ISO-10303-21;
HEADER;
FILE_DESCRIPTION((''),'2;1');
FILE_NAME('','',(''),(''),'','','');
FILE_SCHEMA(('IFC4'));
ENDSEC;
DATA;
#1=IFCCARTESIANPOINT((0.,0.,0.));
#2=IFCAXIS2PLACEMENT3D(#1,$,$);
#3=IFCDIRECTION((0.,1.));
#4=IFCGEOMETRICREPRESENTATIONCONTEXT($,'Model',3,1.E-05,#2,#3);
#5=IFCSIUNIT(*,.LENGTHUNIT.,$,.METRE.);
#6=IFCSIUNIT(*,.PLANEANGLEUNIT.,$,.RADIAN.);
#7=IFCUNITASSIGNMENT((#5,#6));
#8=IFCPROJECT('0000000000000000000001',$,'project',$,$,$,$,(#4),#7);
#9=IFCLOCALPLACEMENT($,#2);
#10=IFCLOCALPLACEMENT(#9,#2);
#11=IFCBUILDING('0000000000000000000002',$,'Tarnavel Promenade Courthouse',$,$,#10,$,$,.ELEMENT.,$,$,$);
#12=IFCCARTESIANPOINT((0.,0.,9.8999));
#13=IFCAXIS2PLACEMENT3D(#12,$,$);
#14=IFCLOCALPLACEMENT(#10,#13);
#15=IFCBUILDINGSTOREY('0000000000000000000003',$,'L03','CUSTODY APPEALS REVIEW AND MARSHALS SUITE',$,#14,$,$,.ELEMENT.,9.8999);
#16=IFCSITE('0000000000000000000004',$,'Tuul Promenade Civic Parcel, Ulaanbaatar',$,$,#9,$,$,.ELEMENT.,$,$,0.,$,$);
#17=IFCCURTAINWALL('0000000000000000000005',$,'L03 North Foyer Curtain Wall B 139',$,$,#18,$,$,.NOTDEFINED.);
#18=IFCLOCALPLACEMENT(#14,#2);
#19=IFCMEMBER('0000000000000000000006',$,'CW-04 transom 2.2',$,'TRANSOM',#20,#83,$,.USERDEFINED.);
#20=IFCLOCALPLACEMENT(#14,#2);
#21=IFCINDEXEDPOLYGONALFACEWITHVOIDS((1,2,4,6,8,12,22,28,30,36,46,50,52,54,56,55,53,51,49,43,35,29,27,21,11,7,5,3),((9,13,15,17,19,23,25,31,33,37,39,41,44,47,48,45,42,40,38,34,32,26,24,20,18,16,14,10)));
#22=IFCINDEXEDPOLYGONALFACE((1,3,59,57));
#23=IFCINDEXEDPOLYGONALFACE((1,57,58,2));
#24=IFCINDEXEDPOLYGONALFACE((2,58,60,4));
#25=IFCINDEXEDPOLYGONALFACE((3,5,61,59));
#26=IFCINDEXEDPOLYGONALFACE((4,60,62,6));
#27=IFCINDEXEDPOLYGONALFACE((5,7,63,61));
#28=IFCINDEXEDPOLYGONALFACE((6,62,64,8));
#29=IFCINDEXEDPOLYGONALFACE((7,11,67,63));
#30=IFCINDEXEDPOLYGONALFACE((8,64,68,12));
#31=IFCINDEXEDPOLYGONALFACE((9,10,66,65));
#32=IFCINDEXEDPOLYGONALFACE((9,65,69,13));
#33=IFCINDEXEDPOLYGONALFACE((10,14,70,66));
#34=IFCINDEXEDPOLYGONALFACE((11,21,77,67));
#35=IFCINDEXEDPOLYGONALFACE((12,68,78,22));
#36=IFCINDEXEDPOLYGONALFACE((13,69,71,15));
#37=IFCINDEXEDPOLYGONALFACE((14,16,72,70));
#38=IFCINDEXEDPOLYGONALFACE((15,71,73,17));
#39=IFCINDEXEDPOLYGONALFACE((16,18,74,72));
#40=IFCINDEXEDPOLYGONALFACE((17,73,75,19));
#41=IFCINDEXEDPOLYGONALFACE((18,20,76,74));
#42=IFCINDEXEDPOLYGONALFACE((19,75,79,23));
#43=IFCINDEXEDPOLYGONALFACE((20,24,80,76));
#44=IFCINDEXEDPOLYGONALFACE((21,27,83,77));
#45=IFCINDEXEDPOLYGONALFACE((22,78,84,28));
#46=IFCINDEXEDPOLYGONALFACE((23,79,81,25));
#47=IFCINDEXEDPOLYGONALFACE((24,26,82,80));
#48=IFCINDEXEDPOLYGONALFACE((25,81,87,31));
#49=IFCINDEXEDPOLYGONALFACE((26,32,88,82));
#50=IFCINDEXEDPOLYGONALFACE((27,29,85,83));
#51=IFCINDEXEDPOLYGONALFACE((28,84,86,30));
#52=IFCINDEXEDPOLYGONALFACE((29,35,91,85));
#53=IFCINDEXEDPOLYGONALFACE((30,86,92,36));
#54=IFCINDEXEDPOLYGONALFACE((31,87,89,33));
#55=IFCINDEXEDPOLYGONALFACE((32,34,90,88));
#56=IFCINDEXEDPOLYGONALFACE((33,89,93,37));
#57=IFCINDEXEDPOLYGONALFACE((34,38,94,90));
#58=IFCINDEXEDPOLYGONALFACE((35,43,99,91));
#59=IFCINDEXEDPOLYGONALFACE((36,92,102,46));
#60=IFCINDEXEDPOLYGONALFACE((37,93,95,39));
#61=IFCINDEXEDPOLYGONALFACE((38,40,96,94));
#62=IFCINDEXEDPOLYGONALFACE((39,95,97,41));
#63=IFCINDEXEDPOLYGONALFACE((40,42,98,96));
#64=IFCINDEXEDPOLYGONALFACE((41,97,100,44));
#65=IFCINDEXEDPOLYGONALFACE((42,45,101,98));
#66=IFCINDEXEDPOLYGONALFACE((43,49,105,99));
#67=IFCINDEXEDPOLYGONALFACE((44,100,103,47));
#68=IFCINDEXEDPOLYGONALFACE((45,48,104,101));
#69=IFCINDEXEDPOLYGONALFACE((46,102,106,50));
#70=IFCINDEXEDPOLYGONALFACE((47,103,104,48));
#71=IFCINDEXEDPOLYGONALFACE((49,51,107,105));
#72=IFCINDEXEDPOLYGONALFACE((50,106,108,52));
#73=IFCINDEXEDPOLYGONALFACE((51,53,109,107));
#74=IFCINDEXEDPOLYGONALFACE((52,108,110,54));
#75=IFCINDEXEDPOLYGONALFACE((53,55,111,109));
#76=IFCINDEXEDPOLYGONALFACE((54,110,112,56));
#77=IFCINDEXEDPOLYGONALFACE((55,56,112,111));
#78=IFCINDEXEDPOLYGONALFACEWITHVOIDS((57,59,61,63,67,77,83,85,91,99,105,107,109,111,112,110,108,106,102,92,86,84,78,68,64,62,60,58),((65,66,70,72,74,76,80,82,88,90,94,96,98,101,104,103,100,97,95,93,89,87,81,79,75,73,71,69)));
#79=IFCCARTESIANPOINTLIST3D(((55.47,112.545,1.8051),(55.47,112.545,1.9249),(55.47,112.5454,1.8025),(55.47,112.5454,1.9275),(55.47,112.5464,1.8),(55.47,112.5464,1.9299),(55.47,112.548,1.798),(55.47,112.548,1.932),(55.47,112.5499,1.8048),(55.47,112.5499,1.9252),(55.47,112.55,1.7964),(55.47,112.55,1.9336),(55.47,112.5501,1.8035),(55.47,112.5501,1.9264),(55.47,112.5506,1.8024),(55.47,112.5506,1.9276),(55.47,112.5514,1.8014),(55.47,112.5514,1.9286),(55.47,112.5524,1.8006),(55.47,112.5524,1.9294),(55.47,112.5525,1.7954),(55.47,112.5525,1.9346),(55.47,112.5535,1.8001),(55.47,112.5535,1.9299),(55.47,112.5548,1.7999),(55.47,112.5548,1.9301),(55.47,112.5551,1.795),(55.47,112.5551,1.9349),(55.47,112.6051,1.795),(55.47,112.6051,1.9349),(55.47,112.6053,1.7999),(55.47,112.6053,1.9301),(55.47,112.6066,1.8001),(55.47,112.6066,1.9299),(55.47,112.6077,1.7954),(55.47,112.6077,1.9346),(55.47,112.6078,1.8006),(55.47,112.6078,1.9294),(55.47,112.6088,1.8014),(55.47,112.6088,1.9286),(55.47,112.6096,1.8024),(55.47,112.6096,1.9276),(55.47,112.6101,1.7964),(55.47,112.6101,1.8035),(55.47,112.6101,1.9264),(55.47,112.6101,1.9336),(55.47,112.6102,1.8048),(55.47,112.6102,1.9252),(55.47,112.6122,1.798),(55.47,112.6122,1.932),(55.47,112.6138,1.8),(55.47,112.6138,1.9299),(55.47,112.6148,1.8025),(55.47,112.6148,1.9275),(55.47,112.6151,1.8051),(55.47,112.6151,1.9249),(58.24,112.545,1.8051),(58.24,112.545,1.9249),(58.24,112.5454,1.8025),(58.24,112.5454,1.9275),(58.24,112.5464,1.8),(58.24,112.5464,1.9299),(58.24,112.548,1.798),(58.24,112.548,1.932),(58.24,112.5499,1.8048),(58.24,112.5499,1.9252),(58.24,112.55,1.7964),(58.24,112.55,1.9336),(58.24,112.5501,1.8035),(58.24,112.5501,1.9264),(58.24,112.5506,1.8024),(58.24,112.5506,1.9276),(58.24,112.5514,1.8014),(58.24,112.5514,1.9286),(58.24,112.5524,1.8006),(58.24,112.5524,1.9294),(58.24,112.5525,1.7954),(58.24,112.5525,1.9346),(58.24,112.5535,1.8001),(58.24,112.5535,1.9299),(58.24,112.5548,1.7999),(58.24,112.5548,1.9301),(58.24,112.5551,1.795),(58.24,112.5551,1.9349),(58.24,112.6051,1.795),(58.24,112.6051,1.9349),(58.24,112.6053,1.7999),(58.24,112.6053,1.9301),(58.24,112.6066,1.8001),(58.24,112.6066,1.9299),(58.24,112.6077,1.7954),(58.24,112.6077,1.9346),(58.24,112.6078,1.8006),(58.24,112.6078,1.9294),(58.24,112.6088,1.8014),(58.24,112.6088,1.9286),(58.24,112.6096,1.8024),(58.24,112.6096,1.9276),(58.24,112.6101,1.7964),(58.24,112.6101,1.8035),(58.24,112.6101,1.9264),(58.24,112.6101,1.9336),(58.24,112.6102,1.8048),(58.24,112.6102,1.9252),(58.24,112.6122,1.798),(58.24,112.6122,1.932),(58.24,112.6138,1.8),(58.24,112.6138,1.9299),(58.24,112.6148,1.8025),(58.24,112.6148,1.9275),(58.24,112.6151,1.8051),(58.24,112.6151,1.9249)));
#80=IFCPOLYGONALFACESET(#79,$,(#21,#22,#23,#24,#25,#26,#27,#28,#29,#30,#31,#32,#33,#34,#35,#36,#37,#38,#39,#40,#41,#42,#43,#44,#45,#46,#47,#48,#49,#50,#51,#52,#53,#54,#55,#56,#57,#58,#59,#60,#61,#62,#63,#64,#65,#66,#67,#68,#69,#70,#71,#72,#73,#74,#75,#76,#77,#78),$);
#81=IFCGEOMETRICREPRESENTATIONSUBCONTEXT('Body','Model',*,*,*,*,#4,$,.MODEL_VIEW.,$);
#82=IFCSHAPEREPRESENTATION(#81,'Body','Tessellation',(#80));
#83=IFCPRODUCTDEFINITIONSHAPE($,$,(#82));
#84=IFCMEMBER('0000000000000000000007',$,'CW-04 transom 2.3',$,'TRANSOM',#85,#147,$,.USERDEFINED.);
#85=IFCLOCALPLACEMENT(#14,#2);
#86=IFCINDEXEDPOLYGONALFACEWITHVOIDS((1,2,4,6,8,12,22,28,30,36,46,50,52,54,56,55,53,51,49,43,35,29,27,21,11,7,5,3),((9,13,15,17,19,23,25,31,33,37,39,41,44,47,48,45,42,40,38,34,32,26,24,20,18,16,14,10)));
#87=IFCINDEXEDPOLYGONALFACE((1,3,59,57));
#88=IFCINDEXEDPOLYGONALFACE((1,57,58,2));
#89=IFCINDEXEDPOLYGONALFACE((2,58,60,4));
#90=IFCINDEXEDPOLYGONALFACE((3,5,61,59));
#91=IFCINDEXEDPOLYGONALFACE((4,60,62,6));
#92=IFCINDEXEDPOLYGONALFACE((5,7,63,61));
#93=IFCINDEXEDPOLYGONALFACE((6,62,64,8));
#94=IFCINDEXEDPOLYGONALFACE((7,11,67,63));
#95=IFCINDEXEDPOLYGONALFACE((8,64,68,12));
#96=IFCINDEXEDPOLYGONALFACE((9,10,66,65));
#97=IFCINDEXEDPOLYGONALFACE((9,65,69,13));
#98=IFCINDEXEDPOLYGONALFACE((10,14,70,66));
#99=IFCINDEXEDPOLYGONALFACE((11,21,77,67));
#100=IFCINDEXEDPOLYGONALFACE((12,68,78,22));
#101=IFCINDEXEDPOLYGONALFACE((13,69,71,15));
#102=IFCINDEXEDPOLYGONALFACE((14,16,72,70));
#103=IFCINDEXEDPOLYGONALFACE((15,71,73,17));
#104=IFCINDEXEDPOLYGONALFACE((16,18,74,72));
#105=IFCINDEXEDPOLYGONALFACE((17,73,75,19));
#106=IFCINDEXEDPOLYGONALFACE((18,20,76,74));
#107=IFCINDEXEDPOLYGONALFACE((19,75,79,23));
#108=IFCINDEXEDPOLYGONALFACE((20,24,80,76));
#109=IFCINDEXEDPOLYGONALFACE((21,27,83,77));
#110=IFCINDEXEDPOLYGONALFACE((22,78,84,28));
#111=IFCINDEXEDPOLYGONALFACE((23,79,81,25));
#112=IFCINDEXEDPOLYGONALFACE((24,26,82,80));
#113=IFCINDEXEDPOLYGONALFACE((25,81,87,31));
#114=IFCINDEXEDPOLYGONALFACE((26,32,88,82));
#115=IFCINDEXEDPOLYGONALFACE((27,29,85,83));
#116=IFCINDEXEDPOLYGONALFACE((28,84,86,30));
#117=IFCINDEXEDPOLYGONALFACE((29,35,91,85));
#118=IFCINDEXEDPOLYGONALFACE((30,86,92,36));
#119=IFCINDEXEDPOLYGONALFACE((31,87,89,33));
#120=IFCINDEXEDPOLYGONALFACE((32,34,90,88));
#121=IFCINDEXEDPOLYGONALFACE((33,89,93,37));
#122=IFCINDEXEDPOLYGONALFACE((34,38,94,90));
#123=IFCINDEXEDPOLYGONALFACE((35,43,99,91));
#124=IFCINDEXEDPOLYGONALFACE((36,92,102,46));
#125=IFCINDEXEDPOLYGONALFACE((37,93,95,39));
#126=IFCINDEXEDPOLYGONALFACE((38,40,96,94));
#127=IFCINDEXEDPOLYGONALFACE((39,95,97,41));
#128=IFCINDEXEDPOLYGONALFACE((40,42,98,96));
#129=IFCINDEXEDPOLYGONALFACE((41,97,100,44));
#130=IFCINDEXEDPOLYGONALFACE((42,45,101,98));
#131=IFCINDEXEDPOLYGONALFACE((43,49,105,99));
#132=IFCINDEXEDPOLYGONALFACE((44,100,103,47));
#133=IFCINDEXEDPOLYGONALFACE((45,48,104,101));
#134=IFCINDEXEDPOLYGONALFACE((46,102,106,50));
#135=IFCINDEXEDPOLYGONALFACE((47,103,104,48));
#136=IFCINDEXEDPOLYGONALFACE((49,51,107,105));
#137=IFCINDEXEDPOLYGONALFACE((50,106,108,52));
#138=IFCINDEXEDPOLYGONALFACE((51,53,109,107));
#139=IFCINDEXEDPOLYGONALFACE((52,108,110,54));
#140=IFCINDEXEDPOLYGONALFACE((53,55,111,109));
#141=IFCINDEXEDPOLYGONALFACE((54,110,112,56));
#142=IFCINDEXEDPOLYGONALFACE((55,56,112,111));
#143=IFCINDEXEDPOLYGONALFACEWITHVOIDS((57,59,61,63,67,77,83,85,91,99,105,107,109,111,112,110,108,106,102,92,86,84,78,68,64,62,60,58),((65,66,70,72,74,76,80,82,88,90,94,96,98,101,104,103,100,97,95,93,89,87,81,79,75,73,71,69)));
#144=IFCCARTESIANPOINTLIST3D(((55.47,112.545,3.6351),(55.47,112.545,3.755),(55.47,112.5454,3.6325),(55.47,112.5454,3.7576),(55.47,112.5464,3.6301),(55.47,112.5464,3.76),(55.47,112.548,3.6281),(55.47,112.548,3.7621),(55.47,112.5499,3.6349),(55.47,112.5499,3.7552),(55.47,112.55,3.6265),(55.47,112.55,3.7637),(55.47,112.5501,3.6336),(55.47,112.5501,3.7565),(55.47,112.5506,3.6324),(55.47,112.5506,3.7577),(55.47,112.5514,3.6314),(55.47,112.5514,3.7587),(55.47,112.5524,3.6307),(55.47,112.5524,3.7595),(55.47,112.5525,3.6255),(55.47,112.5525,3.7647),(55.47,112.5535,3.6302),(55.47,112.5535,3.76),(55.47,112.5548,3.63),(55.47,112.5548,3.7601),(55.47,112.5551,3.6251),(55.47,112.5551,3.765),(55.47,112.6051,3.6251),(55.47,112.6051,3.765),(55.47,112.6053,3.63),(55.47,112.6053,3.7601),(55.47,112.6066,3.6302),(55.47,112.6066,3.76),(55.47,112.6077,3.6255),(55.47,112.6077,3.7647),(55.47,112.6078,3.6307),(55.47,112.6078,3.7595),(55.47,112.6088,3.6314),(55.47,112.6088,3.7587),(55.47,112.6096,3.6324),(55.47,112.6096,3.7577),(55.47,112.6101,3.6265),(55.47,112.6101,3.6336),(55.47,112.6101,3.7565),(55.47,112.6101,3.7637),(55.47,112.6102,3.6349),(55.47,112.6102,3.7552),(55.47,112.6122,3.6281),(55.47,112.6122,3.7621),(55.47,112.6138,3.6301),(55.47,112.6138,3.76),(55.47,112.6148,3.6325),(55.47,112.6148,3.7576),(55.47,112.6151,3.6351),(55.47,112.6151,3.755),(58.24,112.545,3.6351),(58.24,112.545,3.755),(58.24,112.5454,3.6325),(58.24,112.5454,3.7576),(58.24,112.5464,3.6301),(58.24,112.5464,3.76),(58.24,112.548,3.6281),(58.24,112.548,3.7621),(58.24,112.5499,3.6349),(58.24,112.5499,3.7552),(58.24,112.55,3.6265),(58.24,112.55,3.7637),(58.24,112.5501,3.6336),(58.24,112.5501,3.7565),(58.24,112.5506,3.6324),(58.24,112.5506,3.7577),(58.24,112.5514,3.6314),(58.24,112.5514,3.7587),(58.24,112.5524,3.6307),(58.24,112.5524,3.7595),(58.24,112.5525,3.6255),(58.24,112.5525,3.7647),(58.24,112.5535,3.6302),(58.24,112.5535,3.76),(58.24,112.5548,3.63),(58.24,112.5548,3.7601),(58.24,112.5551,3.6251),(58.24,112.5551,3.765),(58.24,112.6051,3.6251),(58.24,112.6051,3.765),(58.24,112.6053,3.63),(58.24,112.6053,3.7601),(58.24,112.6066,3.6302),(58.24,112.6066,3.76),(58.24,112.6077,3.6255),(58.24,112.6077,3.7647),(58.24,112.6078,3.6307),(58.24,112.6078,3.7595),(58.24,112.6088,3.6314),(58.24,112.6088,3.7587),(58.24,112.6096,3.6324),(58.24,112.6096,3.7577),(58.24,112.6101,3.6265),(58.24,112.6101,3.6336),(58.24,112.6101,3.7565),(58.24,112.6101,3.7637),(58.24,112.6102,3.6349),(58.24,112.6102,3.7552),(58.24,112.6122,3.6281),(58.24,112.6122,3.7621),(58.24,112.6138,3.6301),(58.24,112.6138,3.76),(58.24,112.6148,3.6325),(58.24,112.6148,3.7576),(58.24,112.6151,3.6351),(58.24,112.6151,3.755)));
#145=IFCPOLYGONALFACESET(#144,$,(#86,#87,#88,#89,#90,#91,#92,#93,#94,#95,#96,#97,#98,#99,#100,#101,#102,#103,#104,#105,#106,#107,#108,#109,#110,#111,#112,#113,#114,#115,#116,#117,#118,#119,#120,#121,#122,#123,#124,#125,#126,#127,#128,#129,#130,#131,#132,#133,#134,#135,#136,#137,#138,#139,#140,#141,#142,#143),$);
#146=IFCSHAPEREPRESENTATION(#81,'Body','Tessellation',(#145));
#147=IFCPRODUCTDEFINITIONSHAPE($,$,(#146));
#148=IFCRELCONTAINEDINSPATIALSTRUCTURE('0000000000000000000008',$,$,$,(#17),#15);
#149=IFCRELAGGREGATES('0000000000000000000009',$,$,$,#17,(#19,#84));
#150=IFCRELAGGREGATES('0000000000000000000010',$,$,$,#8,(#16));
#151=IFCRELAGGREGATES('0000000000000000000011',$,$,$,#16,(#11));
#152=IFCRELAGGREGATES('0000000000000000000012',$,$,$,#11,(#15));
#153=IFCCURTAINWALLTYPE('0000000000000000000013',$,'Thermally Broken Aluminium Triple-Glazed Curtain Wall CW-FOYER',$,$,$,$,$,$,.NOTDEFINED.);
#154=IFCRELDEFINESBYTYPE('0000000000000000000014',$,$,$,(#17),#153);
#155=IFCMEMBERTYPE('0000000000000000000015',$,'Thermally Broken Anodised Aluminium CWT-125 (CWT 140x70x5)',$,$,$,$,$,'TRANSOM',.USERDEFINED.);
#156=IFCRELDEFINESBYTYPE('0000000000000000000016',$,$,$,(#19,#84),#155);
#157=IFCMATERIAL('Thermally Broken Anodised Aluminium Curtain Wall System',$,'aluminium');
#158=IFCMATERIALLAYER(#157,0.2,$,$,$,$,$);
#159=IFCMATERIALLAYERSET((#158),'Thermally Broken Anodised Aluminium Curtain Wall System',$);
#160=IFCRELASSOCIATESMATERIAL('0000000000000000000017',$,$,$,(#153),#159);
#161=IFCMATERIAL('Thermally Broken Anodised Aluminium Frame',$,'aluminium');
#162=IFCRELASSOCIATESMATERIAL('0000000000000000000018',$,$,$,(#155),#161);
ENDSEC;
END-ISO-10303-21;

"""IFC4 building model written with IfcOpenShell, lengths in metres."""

from ifc_helpers import new_model, si_unit, direction, frame, origin, origin_2d, place, context, subcontext, project, spatial, hollow_rectangle, extrude, material, layer, layer_set, material_profile, profile_set, type_object, element, aggregate, save


model = new_model("IFC4")

# Units and contexts
model_context = context("Model", 3, precision=1e-05, world=origin(), true_north=direction((0.0, 1.0)))
body_context = subcontext(model_context, "Body", "Model", "MODEL_VIEW")
ifc_project = project(units=[si_unit("LENGTHUNIT", "METRE"), si_unit("PLANEANGLEUNIT", "RADIAN")], contexts=[model_context])

# Site, building, storey
site_placement = place(None, origin())
site = spatial("IfcSite", under=ifc_project, at=site_placement, Name="Tuul Promenade Civic Parcel, Ulaanbaatar", CompositionType="ELEMENT", RefElevation=0.0)
building_placement = place(site_placement, origin())
building = spatial("IfcBuilding", under=site, at=building_placement, Name="Tarnavel Promenade Courthouse", CompositionType="ELEMENT")
storey_placement = place(building_placement, frame((0.0, 0.0, 9.8999)))
storey = spatial("IfcBuildingStorey", under=building, at=storey_placement, Name="L03", Description="CUSTODY APPEALS REVIEW AND MARSHALS SUITE", CompositionType="ELEMENT", Elevation=9.8999)

# Curtain wall
ifc_material_1 = material(Name="Thermally Broken Anodised Aluminium Curtain Wall System", Category="aluminium")
ifc_layer_1 = layer(ifc_material_1, 0.2)
ifc_layer_set_1 = layer_set([ifc_layer_1], Name="Thermally Broken Anodised Aluminium Curtain Wall System")
curtain_wall_type = type_object("IfcCurtainWallType", Name="Thermally Broken Aluminium Triple-Glazed Curtain Wall CW-FOYER", PredefinedType="NOTDEFINED", material=ifc_layer_set_1)
curtain_wall_1_placement = place(storey_placement, origin())
curtain_wall_1 = element("IfcCurtainWall", 1, at=curtain_wall_1_placement, inside=storey, type_object=curtain_wall_type, Name="L03 North Foyer Curtain Wall B 139", PredefinedType="NOTDEFINED")
ifc_material_2 = material(Name="Thermally Broken Anodised Aluminium Frame", Category="aluminium")

# Members
ifc_material_profile_1 = material_profile(ifc_material_2, hollow_rectangle(XDim=0.0701, YDim=0.1399, WallThickness=0.0049, InnerFilletRadius=0.0049, OuterFilletRadius=0.01, at=origin_2d()), Name="CWT 140x70x5")
ifc_profile_set_1 = profile_set([ifc_material_profile_1], Name="Thermally Broken Anodised Aluminium Frame")
member_type_1 = type_object("IfcMemberType", Name="Thermally Broken Anodised Aluminium CWT-125 (CWT 140x70x5)", ElementType="TRANSOM", PredefinedType="USERDEFINED", material=ifc_profile_set_1)
member_1_placement = place(storey_placement, frame((55.47, 112.5801, 1.865), z_axis=(1.0, 0.0, 0.0), x_axis=(0.0, 1.0, 0.0)))
member_1 = element("IfcMember", 2, at=member_1_placement, type_object=member_type_1, Name="CW-04 transom 2.2", ObjectType="TRANSOM", PredefinedType="USERDEFINED", context=body_context, shape_type="SweptSolid", body=[
    extrude(hollow_rectangle(XDim=0.0701, YDim=0.1399, WallThickness=0.0049, InnerFilletRadius=0.0049, OuterFilletRadius=0.01, at=origin_2d()), origin(), (0.0, 0.0, 1.0), 2.77),
])
member_2_placement = place(storey_placement, frame((55.47, 112.5801, 3.6951), z_axis=(1.0, 0.0, 0.0), x_axis=(0.0, 1.0, 0.0)))
member_2 = element("IfcMember", 3, at=member_2_placement, type_object=member_type_1, Name="CW-04 transom 2.3", ObjectType="TRANSOM", PredefinedType="USERDEFINED", context=body_context, shape_type="SweptSolid", body=[
    extrude(hollow_rectangle(XDim=0.0701, YDim=0.1399, WallThickness=0.0049, InnerFilletRadius=0.0049, OuterFilletRadius=0.01, at=origin_2d()), origin(), (0.0, 0.0, 1.0), 2.77),
])

aggregate(curtain_wall_1, [member_1, member_2])

save(model, "model.ifc")
